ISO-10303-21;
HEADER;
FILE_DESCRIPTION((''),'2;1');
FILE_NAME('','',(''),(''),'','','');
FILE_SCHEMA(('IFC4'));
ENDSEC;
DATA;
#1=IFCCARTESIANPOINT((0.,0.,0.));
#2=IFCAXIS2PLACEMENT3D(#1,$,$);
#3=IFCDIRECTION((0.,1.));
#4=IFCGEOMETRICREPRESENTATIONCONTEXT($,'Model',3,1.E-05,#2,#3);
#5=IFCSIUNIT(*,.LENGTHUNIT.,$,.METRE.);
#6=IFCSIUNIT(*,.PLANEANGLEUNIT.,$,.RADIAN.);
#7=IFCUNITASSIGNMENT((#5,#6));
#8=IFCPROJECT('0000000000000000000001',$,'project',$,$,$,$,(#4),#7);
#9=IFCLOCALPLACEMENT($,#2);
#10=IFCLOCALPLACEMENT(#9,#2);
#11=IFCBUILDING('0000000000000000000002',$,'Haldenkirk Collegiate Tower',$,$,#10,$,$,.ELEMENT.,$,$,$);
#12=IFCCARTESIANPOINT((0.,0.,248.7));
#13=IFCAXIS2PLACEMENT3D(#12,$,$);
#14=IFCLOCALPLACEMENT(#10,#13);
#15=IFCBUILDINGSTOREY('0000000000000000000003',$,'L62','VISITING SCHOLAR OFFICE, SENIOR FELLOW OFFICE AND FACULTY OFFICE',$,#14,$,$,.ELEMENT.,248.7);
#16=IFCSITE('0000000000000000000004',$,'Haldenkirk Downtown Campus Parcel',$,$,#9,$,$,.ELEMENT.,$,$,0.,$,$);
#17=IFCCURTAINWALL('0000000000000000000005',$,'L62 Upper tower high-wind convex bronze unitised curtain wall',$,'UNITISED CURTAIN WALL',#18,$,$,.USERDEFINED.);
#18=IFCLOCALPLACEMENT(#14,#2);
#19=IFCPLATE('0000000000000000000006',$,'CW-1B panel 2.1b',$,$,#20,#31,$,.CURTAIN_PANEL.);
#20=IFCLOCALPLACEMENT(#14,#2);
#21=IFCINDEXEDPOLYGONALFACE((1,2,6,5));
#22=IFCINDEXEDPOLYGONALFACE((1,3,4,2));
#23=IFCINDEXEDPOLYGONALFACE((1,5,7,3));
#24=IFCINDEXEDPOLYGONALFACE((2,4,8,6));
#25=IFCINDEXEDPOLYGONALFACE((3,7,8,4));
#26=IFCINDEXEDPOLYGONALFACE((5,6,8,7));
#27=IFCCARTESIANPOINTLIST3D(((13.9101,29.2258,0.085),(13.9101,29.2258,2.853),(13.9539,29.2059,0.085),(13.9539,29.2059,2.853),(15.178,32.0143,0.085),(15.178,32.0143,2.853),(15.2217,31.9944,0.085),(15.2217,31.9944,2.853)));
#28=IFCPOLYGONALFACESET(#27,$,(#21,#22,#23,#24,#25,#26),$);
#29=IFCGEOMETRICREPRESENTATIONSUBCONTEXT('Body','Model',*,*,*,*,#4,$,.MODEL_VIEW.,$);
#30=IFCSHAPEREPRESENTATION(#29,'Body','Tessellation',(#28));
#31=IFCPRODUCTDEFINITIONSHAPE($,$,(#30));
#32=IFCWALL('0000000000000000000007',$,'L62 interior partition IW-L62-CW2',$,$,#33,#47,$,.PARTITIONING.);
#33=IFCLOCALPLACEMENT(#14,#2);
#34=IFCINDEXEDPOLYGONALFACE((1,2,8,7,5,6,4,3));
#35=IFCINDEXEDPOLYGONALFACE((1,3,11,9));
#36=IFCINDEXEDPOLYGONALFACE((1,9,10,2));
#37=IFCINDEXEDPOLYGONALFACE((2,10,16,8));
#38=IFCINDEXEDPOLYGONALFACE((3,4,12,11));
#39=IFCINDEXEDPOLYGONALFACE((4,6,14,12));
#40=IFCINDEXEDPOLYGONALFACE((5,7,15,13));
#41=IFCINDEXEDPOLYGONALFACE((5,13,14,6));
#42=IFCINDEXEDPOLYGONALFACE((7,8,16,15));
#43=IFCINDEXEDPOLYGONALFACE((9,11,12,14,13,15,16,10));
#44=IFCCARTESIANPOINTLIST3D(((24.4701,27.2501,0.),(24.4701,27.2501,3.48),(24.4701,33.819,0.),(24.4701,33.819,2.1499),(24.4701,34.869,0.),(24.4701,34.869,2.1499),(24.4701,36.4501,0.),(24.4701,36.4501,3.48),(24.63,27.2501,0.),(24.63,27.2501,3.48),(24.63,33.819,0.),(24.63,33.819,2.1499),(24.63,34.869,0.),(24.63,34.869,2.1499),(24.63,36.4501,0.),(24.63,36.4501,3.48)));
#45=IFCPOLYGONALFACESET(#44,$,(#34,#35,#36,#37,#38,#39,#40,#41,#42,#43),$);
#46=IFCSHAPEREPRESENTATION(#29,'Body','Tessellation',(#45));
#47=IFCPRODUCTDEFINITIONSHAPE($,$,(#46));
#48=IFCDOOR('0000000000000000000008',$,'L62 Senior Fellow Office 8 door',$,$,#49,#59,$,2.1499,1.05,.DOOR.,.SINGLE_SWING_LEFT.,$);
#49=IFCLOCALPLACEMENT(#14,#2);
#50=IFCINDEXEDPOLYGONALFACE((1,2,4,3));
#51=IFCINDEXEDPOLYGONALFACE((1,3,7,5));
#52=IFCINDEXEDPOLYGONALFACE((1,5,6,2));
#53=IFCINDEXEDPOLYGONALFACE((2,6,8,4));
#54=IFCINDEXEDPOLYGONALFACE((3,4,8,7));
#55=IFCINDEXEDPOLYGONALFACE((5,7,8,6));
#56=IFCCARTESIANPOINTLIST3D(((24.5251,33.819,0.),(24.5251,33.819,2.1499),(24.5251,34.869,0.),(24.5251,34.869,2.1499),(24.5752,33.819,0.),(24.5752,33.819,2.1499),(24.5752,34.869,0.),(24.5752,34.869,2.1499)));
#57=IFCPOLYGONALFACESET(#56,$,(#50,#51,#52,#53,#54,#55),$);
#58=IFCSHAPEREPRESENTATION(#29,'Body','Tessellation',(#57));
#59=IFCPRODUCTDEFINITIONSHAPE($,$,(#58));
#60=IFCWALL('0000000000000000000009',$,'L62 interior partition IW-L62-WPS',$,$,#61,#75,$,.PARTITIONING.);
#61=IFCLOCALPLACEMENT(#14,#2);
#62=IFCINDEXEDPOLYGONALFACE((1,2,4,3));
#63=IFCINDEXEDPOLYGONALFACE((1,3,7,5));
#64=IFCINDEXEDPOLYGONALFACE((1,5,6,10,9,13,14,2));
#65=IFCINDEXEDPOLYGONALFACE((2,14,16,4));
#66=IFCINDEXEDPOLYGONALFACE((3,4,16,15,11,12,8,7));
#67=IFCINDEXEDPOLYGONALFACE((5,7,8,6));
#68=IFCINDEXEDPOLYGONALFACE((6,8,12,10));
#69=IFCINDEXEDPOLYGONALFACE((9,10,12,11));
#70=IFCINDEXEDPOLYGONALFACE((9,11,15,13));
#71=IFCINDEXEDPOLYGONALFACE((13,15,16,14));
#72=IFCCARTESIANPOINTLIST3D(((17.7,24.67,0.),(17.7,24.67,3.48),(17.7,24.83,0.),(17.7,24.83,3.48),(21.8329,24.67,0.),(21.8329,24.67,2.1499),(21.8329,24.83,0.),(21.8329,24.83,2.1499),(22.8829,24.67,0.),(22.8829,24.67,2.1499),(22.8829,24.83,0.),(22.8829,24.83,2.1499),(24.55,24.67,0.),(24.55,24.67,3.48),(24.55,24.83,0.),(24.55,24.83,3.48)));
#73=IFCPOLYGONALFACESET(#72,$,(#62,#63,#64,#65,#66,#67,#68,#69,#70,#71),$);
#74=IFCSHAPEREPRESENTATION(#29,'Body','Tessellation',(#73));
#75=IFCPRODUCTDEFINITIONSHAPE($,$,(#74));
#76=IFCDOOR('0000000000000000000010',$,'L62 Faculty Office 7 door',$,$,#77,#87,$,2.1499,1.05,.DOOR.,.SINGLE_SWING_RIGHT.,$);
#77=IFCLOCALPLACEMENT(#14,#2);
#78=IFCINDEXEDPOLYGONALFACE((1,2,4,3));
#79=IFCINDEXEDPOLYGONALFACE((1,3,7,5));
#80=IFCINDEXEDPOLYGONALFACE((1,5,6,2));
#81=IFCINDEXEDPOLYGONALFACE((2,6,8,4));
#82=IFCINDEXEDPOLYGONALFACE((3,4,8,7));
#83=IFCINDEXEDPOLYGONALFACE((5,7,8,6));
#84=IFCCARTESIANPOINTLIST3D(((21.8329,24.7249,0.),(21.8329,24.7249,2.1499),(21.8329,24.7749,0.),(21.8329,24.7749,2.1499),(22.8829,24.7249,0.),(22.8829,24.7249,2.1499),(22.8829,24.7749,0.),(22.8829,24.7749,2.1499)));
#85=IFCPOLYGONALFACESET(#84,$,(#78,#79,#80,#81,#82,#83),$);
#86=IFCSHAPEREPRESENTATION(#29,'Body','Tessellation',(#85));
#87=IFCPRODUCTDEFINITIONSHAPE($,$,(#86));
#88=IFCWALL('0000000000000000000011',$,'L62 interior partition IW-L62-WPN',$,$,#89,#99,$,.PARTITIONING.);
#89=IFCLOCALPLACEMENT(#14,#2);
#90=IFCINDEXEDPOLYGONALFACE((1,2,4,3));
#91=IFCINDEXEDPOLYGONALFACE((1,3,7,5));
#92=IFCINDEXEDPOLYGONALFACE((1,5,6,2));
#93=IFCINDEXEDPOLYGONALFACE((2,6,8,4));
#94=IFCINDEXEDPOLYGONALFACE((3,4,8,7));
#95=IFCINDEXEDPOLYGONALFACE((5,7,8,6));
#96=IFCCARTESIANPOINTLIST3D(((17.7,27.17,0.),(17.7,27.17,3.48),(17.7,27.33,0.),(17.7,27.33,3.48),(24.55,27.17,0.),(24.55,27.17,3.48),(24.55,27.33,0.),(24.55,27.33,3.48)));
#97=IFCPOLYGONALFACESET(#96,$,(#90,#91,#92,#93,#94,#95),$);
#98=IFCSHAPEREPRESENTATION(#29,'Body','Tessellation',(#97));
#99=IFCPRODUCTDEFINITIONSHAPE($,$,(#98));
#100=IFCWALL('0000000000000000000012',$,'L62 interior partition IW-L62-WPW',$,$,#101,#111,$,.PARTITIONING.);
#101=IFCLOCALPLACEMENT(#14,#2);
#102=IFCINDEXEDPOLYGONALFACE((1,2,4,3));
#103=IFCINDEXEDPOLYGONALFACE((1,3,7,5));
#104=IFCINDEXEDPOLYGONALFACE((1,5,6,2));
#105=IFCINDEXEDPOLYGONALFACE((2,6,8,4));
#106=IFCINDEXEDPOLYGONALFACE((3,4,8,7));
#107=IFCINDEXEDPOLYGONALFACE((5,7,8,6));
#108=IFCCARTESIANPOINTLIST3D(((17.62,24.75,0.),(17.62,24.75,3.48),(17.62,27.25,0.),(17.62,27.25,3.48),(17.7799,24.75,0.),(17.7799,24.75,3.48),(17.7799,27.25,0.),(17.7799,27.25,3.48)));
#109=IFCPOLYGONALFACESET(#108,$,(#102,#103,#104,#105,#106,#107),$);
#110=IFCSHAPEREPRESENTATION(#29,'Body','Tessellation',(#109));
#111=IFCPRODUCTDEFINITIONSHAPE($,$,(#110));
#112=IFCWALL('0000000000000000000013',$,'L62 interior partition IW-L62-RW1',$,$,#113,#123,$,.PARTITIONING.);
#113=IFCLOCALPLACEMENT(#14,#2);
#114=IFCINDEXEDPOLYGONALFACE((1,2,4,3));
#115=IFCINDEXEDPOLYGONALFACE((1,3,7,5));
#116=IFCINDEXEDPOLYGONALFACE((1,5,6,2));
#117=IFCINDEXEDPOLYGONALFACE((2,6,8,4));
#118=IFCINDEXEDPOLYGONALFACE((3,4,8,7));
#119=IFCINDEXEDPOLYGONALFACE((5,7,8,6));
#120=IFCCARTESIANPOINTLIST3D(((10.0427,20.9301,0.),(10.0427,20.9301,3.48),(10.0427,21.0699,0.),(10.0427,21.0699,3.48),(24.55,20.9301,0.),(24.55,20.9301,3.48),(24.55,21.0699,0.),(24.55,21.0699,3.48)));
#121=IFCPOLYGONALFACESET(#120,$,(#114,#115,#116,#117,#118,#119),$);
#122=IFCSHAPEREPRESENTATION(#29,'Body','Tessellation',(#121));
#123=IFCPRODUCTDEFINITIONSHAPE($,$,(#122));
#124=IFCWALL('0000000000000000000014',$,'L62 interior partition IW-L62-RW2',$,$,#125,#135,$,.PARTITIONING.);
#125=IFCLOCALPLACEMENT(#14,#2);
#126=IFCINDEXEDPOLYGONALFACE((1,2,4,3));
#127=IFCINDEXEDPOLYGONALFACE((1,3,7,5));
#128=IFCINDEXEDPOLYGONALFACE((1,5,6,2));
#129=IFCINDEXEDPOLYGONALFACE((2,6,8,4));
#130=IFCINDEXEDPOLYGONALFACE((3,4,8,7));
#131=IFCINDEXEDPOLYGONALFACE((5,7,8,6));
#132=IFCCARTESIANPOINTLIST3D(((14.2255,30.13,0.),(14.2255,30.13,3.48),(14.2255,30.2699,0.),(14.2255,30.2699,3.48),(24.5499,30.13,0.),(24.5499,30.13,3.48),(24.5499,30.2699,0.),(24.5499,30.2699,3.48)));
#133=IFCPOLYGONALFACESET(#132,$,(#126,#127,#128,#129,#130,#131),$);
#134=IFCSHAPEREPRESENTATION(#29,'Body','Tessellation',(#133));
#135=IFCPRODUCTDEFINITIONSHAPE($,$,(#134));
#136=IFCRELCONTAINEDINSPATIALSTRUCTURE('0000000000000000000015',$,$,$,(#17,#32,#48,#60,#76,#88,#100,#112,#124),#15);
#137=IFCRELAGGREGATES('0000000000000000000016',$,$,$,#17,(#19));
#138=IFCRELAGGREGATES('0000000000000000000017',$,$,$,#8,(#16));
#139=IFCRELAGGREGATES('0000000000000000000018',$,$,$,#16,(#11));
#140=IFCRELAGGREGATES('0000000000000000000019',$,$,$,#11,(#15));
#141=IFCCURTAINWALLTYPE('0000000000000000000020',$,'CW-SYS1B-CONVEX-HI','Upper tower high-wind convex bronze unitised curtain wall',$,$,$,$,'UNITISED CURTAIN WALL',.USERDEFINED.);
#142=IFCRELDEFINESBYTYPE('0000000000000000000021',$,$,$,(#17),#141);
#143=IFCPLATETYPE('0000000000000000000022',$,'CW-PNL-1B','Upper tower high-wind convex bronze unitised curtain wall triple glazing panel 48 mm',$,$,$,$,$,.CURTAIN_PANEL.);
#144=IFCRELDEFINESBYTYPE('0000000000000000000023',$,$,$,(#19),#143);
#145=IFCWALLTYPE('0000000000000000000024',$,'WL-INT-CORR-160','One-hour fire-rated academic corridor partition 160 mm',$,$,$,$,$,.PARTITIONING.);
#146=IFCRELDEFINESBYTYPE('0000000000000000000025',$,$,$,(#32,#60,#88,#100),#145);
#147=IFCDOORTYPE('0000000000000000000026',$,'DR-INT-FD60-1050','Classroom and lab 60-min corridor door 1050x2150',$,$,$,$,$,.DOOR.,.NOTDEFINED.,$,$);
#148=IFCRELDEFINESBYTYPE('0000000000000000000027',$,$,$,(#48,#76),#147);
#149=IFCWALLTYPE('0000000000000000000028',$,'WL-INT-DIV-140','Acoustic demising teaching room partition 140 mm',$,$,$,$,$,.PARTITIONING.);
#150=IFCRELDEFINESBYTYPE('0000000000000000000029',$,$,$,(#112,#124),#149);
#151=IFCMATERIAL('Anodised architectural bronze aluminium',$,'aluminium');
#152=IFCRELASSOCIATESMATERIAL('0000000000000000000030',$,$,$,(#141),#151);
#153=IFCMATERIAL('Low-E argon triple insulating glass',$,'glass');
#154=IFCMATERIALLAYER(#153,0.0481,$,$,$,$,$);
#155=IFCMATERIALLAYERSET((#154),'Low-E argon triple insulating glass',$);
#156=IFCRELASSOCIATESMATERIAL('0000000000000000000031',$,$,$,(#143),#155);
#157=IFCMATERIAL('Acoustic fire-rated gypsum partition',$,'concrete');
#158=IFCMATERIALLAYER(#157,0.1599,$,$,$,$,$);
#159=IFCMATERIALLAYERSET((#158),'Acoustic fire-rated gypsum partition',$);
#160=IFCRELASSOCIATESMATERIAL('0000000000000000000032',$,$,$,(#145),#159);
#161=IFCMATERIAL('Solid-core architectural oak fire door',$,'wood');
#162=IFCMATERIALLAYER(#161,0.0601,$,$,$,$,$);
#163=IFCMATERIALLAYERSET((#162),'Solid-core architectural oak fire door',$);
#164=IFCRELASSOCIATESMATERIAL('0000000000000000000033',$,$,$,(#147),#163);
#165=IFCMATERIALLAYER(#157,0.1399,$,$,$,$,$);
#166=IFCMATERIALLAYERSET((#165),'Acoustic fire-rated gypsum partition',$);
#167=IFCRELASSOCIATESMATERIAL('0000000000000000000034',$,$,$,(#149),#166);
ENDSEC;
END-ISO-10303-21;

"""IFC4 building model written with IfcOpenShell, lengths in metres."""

from ifc_helpers import new_model, si_unit, direction, frame, frame_2d, origin, origin_2d, place, context, subcontext, project, spatial, rectangle, extrude, source, transform, mapped, material, layer, layer_set, type_object, element, fill, aggregate, save


model = new_model("IFC4")

# Units and contexts
model_context = context("Model", 3, precision=1e-05, world=origin(), true_north=direction((0.0, 1.0)))
body_context = subcontext(model_context, "Body", "Model", "MODEL_VIEW")
ifc_project = project(units=[si_unit("LENGTHUNIT", "METRE"), si_unit("PLANEANGLEUNIT", "RADIAN")], contexts=[model_context])

# Site, building, storey
site_placement = place(None, origin())
site = spatial("IfcSite", under=ifc_project, at=site_placement, Name="Haldenkirk Downtown Campus Parcel", CompositionType="ELEMENT", RefElevation=0.0)
building_placement = place(site_placement, origin())
building = spatial("IfcBuilding", under=site, at=building_placement, Name="Haldenkirk Collegiate Tower", CompositionType="ELEMENT")
storey_placement = place(building_placement, frame((0.0, 0.0, 248.7)))
storey = spatial("IfcBuildingStorey", under=building, at=storey_placement, Name="L62", Description="VISITING SCHOLAR OFFICE, SENIOR FELLOW OFFICE AND FACULTY OFFICE", CompositionType="ELEMENT", Elevation=248.7)

# Curtain wall, plate
ifc_material_1 = material(Name="Anodised architectural bronze aluminium", Category="aluminium")
curtain_wall_type = type_object("IfcCurtainWallType", Name="CW-SYS1B-CONVEX-HI", Description="Upper tower high-wind convex bronze unitised curtain wall", ElementType="UNITISED CURTAIN WALL", PredefinedType="USERDEFINED", material=ifc_material_1)
curtain_wall_placement = place(storey_placement, origin())
curtain_wall = element("IfcCurtainWall", 1, at=curtain_wall_placement, inside=storey, type_object=curtain_wall_type, Name="L62 Upper tower high-wind convex bronze unitised curtain wall", ObjectType="UNITISED CURTAIN WALL", PredefinedType="USERDEFINED")
ifc_material_2 = material(Name="Low-E argon triple insulating glass", Category="glass")
ifc_layer_1 = layer(ifc_material_2, 0.0481)
ifc_layer_set_1 = layer_set([ifc_layer_1], Name="Low-E argon triple insulating glass")
plate_type_1 = type_object("IfcPlateType", Name="CW-PNL-1B", Description="Upper tower high-wind convex bronze unitised curtain wall triple glazing panel 48 mm", PredefinedType="CURTAIN_PANEL", material=ifc_layer_set_1)
shared_shape_1 = source(origin(), body_context, "Body", "SweptSolid", [
    extrude(rectangle(XDim=3.0632, YDim=0.0481, at=origin_2d()), origin(), (0.0, 0.0, 1.0), 2.7681),
])
plate_1_placement = place(storey_placement, frame((14.5659, 30.6101, 0.085), z_axis=(0.0, 0.0, 1.0), x_axis=(0.413899, 0.910323, 0.0)))
plate_1 = element("IfcPlate", 2, at=plate_1_placement, type_object=plate_type_1, Name="CW-1B panel 2.1b", PredefinedType="CURTAIN_PANEL", context=body_context, shape_type="MappedRepresentation", body=[
    mapped(shared_shape_1, transform((0.0, 0.0, 0.0), x_axis=(1.0, 0.0, 0.0), y_axis=(0.0, 1.0, 0.0), z_axis=(0.0, 0.0, 1.0), scale=1.0)),
])
aggregate(curtain_wall, [plate_1])

# Walls, openings, doors
ifc_material_3 = material(Name="Acoustic fire-rated gypsum partition", Category="concrete")
ifc_layer_2 = layer(ifc_material_3, 0.1599)
ifc_layer_set_2 = layer_set([ifc_layer_2], Name="Acoustic fire-rated gypsum partition")
wall_type_1 = type_object("IfcWallType", Name="WL-INT-CORR-160", Description="One-hour fire-rated academic corridor partition 160 mm", PredefinedType="PARTITIONING", material=ifc_layer_set_2)
wall_1_placement = place(storey_placement, frame((24.55, 27.25, 0.0), z_axis=(0.0, 0.0, 1.0), x_axis=(0.0, 1.0, 0.0)))
wall_1 = element("IfcWall", 3, at=wall_1_placement, inside=storey, type_object=wall_type_1, Name="L62 interior partition IW-L62-CW2", PredefinedType="PARTITIONING", context=body_context, shape_type="SweptSolid", body=[
    extrude(rectangle(XDim=9.2, YDim=0.1599, at=frame_2d((4.6001, 0.0))), origin(), (0.0, 0.0, 1.0), 3.48),
])
opening_1_placement = place(wall_1_placement, frame((6.5691, 0.0, 0.0)))
opening_1 = element("IfcOpeningElement", 4, at=opening_1_placement, cuts=wall_1, PredefinedType="OPENING", context=body_context, shape_type="SweptSolid", body=[
    extrude(rectangle(XDim=1.05, YDim=2.1499, at=frame_2d((0.5249, 1.075))), frame((0.0, 0.0898, 0.0), z_axis=(0.0, -1.0, 0.0), x_axis=(1.0, 0.0, 0.0)), (0.0, 0.0, 1.0), 0.1799),
])
ifc_material_4 = material(Name="Solid-core architectural oak fire door", Category="wood")
ifc_layer_3 = layer(ifc_material_4, 0.0601)
ifc_layer_set_3 = layer_set([ifc_layer_3], Name="Solid-core architectural oak fire door")
door_type = type_object("IfcDoorType", Name="DR-INT-FD60-1050", Description="Classroom and lab 60-min corridor door 1050x2150", OperationType="NOTDEFINED", PredefinedType="DOOR", material=ifc_layer_set_3)
door_1_placement = place(opening_1_placement, origin())
door_1 = element("IfcDoor", 5, at=door_1_placement, inside=storey, type_object=door_type, Name="L62 Senior Fellow Office 8 door", OperationType="SINGLE_SWING_LEFT", OverallHeight=2.1499, OverallWidth=1.05, PredefinedType="DOOR", context=body_context, shape_type="SweptSolid", body=[
    extrude(rectangle(XDim=1.05, YDim=2.1499, at=frame_2d((0.5249, 1.075))), frame((0.0, 0.0249, 0.0), z_axis=(0.0, -1.0, 0.0), x_axis=(1.0, 0.0, 0.0)), (0.0, 0.0, 1.0), 0.05),
])
fill(opening_1, door_1)
wall_2_placement = place(storey_placement, frame((17.7, 24.75, 0.0), z_axis=(0.0, 0.0, 1.0), x_axis=(1.0, 0.0, 0.0)))
wall_2 = element("IfcWall", 6, at=wall_2_placement, inside=storey, type_object=wall_type_1, Name="L62 interior partition IW-L62-WPS", PredefinedType="PARTITIONING", context=body_context, shape_type="SweptSolid", body=[
    extrude(rectangle(XDim=6.8501, YDim=0.1599, at=frame_2d((3.425, 0.0))), origin(), (0.0, 0.0, 1.0), 3.48),
])
opening_2_placement = place(wall_2_placement, frame((4.1331, 0.0, 0.0)))
opening_2 = element("IfcOpeningElement", 7, at=opening_2_placement, cuts=wall_2, PredefinedType="OPENING", context=body_context, shape_type="SweptSolid", body=[
    extrude(rectangle(XDim=1.05, YDim=2.1499, at=frame_2d((0.5249, 1.075))), frame((0.0, 0.0898, 0.0), z_axis=(0.0, -1.0, 0.0), x_axis=(1.0, 0.0, 0.0)), (0.0, 0.0, 1.0), 0.1799),
])
door_2_placement = place(opening_2_placement, origin())
door_2 = element("IfcDoor", 8, at=door_2_placement, inside=storey, type_object=door_type, Name="L62 Faculty Office 7 door", OperationType="SINGLE_SWING_RIGHT", OverallHeight=2.1499, OverallWidth=1.05, PredefinedType="DOOR", context=body_context, shape_type="SweptSolid", body=[
    extrude(rectangle(XDim=1.05, YDim=2.1499, at=frame_2d((0.5249, 1.075))), frame((0.0, 0.0249, 0.0), z_axis=(0.0, -1.0, 0.0), x_axis=(1.0, 0.0, 0.0)), (0.0, 0.0, 1.0), 0.05),
])
fill(opening_2, door_2)

# Walls
wall_3_placement = place(storey_placement, frame((17.7, 27.25, 0.0), z_axis=(0.0, 0.0, 1.0), x_axis=(1.0, 0.0, 0.0)))
element("IfcWall", 9, at=wall_3_placement, inside=storey, type_object=wall_type_1, Name="L62 interior partition IW-L62-WPN", PredefinedType="PARTITIONING", context=body_context, shape_type="SweptSolid", body=[
    extrude(rectangle(XDim=6.8501, YDim=0.1599, at=frame_2d((3.425, 0.0))), origin(), (0.0, 0.0, 1.0), 3.48),
])
wall_4_placement = place(storey_placement, frame((17.7, 24.75, 0.0), z_axis=(0.0, 0.0, 1.0), x_axis=(0.0, 1.0, 0.0)))
element("IfcWall", 10, at=wall_4_placement, inside=storey, type_object=wall_type_1, Name="L62 interior partition IW-L62-WPW", PredefinedType="PARTITIONING", context=body_context, shape_type="SweptSolid", body=[
    extrude(rectangle(XDim=2.5, YDim=0.1599, at=frame_2d((1.25, 0.0))), origin(), (0.0, 0.0, 1.0), 3.48),
])
ifc_layer_4 = layer(ifc_material_3, 0.1399)
ifc_layer_set_4 = layer_set([ifc_layer_4], Name="Acoustic fire-rated gypsum partition")
wall_type_2 = type_object("IfcWallType", Name="WL-INT-DIV-140", Description="Acoustic demising teaching room partition 140 mm", PredefinedType="PARTITIONING", material=ifc_layer_set_4)
wall_5_placement = place(storey_placement, frame((10.0427, 21.0, 0.0), z_axis=(0.0, 0.0, 1.0), x_axis=(1.0, 0.0, 0.0)))
element("IfcWall", 11, at=wall_5_placement, inside=storey, type_object=wall_type_2, Name="L62 interior partition IW-L62-RW1", PredefinedType="PARTITIONING", context=body_context, shape_type="SweptSolid", body=[
    extrude(rectangle(XDim=14.5073, YDim=0.1399, at=frame_2d((7.2537, 0.0))), origin(), (0.0, 0.0, 1.0), 3.48),
])
wall_6_placement = place(storey_placement, frame((14.2256, 30.2, 0.0), z_axis=(0.0, 0.0, 1.0), x_axis=(1.0, 0.0, 0.0)))
element("IfcWall", 12, at=wall_6_placement, inside=storey, type_object=wall_type_2, Name="L62 interior partition IW-L62-RW2", PredefinedType="PARTITIONING", context=body_context, shape_type="SweptSolid", body=[
    extrude(rectangle(XDim=10.3245, YDim=0.1399, at=frame_2d((5.1621, 0.0))), origin(), (0.0, 0.0, 1.0), 3.48),
])

save(model, "model.ifc")
